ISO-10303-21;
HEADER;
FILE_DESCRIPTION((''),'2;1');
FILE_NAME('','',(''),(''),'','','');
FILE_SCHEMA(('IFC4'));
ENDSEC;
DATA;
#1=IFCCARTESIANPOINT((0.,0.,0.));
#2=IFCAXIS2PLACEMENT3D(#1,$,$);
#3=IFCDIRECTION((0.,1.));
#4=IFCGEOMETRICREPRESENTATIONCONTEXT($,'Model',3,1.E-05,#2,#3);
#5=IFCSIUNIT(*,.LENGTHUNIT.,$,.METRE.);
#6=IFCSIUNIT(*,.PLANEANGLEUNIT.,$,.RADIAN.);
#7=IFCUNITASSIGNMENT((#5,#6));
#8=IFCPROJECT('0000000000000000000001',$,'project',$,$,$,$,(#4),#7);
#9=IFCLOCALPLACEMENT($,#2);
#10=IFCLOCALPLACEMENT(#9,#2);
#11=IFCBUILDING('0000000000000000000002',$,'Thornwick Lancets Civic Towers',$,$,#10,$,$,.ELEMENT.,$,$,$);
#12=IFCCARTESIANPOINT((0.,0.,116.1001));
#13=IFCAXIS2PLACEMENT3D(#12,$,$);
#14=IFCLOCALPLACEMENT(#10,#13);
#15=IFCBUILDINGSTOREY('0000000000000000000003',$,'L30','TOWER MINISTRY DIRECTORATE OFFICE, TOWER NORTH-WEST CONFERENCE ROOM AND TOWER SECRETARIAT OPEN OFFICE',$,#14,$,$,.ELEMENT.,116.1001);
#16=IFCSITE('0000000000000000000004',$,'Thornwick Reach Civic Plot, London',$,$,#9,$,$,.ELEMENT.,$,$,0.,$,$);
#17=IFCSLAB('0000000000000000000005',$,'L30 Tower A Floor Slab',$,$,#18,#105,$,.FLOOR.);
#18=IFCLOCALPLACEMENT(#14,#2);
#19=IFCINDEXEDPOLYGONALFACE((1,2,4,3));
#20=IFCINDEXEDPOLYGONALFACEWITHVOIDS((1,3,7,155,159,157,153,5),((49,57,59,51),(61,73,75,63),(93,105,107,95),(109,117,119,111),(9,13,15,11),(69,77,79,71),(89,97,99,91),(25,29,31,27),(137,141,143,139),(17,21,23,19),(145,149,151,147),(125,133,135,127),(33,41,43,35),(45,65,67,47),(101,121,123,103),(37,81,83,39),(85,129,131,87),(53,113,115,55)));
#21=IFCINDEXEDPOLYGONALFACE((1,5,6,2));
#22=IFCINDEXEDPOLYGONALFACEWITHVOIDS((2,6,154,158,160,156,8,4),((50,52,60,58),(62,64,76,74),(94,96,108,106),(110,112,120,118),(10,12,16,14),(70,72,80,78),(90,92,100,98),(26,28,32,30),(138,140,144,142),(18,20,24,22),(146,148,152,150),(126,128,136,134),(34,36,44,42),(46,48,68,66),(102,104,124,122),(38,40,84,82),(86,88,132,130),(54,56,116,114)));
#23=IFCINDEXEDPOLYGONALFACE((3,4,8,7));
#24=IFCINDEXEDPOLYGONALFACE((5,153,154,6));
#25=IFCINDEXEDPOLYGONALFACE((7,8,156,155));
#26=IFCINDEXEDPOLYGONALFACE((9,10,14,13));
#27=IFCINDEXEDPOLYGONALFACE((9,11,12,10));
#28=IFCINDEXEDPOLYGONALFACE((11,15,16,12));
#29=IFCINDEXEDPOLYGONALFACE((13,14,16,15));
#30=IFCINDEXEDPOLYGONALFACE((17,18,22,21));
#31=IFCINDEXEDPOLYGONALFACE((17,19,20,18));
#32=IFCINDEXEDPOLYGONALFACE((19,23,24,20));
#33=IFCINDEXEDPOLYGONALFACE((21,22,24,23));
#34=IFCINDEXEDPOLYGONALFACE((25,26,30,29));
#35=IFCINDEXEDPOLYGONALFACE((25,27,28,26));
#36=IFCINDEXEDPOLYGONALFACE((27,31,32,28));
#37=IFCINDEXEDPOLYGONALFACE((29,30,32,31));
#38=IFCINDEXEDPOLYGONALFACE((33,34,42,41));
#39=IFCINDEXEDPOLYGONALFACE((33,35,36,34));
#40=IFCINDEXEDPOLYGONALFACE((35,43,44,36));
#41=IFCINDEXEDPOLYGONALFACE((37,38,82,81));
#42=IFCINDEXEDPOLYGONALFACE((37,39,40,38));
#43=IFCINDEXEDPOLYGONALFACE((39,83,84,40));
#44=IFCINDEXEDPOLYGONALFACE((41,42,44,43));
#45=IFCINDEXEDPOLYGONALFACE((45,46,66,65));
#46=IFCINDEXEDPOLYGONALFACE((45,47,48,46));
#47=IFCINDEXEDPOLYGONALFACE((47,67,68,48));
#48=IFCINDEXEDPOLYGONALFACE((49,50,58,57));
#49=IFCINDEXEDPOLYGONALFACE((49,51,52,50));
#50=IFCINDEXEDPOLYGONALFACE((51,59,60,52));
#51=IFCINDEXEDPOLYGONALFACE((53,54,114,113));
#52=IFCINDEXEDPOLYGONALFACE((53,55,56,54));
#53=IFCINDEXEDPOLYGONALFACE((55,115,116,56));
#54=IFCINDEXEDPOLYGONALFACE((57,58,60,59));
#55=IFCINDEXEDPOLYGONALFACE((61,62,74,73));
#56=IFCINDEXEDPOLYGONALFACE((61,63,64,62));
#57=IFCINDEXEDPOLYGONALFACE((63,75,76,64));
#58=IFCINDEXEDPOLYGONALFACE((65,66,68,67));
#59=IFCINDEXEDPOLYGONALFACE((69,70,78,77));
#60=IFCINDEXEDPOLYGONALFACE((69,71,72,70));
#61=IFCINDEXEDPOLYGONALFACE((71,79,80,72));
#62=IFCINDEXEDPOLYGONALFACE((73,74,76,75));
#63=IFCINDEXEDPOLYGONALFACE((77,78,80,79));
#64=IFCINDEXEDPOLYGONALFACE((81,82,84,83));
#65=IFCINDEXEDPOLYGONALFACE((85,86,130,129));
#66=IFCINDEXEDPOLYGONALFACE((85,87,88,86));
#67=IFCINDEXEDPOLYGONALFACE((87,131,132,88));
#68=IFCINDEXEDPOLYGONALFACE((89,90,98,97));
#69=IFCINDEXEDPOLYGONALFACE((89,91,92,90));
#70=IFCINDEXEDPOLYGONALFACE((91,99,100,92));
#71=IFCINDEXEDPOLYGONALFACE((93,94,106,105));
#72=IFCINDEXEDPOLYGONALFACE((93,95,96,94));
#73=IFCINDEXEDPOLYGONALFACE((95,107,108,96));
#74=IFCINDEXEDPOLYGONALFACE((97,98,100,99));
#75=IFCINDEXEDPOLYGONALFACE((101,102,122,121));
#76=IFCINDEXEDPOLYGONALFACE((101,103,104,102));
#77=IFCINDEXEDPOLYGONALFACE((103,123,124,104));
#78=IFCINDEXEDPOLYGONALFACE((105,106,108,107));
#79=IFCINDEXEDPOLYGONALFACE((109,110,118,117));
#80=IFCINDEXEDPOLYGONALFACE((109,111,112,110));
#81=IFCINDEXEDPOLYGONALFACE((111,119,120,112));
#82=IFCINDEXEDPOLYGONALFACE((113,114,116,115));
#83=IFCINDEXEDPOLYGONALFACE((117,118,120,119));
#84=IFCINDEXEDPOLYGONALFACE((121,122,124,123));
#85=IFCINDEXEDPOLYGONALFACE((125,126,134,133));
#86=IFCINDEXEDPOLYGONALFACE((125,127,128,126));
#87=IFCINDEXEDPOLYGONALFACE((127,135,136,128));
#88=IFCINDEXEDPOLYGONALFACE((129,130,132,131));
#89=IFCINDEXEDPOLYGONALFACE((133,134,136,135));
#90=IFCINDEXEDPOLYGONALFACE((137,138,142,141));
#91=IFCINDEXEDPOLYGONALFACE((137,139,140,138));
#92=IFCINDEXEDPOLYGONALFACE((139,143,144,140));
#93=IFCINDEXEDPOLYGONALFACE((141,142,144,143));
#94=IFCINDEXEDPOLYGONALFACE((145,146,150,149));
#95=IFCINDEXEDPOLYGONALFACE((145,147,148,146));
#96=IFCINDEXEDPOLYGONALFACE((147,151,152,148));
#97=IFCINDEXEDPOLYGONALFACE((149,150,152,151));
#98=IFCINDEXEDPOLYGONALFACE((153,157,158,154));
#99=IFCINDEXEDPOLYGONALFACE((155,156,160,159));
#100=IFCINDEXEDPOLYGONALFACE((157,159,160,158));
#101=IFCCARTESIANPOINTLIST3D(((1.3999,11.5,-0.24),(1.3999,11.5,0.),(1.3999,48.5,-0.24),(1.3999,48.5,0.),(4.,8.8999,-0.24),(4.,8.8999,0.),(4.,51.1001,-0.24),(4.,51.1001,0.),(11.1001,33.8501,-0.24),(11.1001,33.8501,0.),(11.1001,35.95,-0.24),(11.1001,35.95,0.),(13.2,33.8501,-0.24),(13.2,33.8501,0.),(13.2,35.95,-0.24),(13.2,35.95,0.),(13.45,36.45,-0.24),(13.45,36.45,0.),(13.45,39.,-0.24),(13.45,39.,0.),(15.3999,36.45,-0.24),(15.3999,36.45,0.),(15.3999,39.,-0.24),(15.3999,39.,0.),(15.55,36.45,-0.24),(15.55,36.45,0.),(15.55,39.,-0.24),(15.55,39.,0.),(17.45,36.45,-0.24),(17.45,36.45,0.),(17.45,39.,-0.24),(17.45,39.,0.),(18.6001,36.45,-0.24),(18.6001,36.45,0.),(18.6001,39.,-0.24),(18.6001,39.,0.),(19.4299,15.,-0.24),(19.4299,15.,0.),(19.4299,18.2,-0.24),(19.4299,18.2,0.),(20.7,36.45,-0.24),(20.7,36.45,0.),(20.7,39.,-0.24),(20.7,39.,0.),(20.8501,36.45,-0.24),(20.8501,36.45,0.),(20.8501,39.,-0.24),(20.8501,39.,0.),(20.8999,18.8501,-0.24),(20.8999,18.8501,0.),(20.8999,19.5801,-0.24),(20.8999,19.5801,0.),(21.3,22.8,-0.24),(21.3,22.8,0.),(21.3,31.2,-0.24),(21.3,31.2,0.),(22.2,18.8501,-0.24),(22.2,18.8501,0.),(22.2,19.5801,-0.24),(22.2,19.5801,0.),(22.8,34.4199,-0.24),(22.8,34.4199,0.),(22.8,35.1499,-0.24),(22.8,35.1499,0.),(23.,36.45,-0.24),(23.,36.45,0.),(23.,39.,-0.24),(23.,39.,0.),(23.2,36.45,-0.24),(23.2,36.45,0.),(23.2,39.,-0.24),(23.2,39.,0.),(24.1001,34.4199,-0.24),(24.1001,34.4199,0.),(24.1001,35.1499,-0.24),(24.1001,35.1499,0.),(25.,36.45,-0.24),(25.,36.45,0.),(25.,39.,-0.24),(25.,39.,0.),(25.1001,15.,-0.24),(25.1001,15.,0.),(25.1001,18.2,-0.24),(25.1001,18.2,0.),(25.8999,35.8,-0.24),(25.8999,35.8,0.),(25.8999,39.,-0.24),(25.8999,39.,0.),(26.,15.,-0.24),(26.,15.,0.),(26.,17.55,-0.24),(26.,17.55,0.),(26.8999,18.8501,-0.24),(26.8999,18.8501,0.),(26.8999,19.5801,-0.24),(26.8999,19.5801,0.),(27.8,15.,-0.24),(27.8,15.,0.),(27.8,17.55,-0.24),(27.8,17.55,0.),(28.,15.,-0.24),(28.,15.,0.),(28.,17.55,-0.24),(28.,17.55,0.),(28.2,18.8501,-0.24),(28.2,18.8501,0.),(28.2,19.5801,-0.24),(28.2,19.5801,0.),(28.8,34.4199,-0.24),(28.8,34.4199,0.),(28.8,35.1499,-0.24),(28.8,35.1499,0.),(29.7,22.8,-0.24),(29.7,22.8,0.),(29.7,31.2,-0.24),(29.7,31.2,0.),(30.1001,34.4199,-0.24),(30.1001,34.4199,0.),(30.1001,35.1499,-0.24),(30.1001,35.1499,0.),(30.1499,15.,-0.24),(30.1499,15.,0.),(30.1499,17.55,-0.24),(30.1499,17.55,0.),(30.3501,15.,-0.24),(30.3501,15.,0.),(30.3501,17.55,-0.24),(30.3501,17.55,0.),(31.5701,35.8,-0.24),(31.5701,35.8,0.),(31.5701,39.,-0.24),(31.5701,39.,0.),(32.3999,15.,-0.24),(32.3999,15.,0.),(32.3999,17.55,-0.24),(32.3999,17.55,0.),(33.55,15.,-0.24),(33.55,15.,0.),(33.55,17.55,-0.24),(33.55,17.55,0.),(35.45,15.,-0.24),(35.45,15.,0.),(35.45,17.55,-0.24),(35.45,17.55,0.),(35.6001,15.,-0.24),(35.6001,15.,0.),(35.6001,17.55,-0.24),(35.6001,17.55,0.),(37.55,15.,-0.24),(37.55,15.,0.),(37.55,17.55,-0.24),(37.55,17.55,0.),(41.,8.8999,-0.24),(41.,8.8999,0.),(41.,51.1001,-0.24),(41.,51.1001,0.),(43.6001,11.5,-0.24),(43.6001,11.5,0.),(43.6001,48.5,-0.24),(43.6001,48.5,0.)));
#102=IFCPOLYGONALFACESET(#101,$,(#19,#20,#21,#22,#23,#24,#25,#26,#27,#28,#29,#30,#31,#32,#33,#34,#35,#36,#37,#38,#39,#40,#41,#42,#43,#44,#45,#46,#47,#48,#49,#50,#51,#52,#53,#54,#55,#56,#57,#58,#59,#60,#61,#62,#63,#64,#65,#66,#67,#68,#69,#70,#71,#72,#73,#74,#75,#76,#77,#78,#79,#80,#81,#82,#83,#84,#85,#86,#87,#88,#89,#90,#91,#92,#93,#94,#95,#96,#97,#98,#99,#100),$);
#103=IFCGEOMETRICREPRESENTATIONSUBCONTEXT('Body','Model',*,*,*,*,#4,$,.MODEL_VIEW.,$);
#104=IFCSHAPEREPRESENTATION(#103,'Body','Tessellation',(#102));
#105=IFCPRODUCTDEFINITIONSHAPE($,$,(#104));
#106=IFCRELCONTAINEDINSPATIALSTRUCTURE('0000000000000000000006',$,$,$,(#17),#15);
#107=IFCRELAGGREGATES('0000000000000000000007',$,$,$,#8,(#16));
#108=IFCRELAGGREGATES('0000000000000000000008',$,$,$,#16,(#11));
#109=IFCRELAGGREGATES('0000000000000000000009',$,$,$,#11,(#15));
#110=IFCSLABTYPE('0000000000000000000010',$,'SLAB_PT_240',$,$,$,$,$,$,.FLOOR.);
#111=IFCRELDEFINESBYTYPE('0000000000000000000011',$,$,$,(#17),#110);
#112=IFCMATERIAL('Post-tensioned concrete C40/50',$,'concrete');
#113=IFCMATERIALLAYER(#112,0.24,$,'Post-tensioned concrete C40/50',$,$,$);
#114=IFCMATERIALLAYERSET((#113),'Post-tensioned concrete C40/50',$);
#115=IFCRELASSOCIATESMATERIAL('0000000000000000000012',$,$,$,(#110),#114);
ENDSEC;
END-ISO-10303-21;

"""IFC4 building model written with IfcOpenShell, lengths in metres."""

from ifc_helpers import new_model, si_unit, direction, frame, origin, place, context, subcontext, project, spatial, polyline, outline, extrude, material, layer, layer_set, type_object, element, save


model = new_model("IFC4")

# Units and contexts
model_context = context("Model", 3, precision=1e-05, world=origin(), true_north=direction((0.0, 1.0)))
body_context = subcontext(model_context, "Body", "Model", "MODEL_VIEW")
ifc_project = project(units=[si_unit("LENGTHUNIT", "METRE"), si_unit("PLANEANGLEUNIT", "RADIAN")], contexts=[model_context])

# Site, building, storey
site_placement = place(None, origin())
site = spatial("IfcSite", under=ifc_project, at=site_placement, Name="Thornwick Reach Civic Plot, London", CompositionType="ELEMENT", RefElevation=0.0)
building_placement = place(site_placement, origin())
building = spatial("IfcBuilding", under=site, at=building_placement, Name="Thornwick Lancets Civic Towers", CompositionType="ELEMENT")
storey_placement = place(building_placement, frame((0.0, 0.0, 116.1001)))
storey = spatial("IfcBuildingStorey", under=building, at=storey_placement, Name="L30", Description="TOWER MINISTRY DIRECTORATE OFFICE, TOWER NORTH-WEST CONFERENCE ROOM AND TOWER SECRETARIAT OPEN OFFICE", CompositionType="ELEMENT", Elevation=116.1001)

# Shared definitions
ifc_material_1 = material(Name="Post-tensioned concrete C40/50", Category="concrete")

# Slab
ifc_layer_1 = layer(ifc_material_1, 0.24, Name="Post-tensioned concrete C40/50")
ifc_layer_set_1 = layer_set([ifc_layer_1], Name="Post-tensioned concrete C40/50")
slab_type_1 = type_object("IfcSlabType", Name="SLAB_PT_240", PredefinedType="FLOOR", material=ifc_layer_set_1)
slab_1_placement = place(storey_placement, frame((0.0, 0.0, -0.24)))
element("IfcSlab", 1, at=slab_1_placement, inside=storey, type_object=slab_type_1, Name="L30 Tower A Floor Slab", PredefinedType="FLOOR", context=body_context, shape_type="SweptSolid", body=[
    extrude(outline(polyline([(4.0, 8.8999), (41.0, 8.8999), (43.6001, 11.5), (43.6001, 48.5), (41.0, 51.1001), (4.0, 51.1001), (1.3999, 48.5), (1.3999, 11.5), (4.0, 8.8999)]), holes=[polyline([(21.3, 22.8), (29.7, 22.8), (29.7, 31.2), (21.3, 31.2), (21.3, 22.8)]), polyline([(19.4299, 15.0), (25.1001, 15.0), (25.1001, 18.2), (19.4299, 18.2), (19.4299, 15.0)]), polyline([(31.5701, 39.0), (25.8999, 39.0), (25.8999, 35.8), (31.5701, 35.8), (31.5701, 39.0)]), polyline([(26.0, 15.0), (27.8, 15.0), (27.8, 17.55), (26.0, 17.55), (26.0, 15.0)]), polyline([(28.0, 15.0), (30.1499, 15.0), (30.1499, 17.55), (28.0, 17.55), (28.0, 15.0)]), polyline([(30.3501, 15.0), (32.3999, 15.0), (32.3999, 17.55), (30.3501, 17.55), (30.3501, 15.0)]), polyline([(33.55, 15.0), (35.45, 15.0), (35.45, 17.55), (33.55, 17.55), (33.55, 15.0)]), polyline([(35.6001, 15.0), (37.55, 15.0), (37.55, 17.55), (35.6001, 17.55), (35.6001, 15.0)]), polyline([(23.2, 36.45), (25.0, 36.45), (25.0, 39.0), (23.2, 39.0), (23.2, 36.45)]), polyline([(20.8501, 36.45), (23.0, 36.45), (23.0, 39.0), (20.8501, 39.0), (20.8501, 36.45)]), polyline([(18.6001, 36.45), (20.7, 36.45), (20.7, 39.0), (18.6001, 39.0), (18.6001, 36.45)]), polyline([(15.55, 36.45), (17.45, 36.45), (17.45, 39.0), (15.55, 39.0), (15.55, 36.45)]), polyline([(13.45, 36.45), (15.3999, 36.45), (15.3999, 39.0), (13.45, 39.0), (13.45, 36.45)]), polyline([(11.1001, 33.8501), (13.2, 33.8501), (13.2, 35.95), (11.1001, 35.95), (11.1001, 33.8501)]), polyline([(26.8999, 18.8501), (28.2, 18.8501), (28.2, 19.5801), (26.8999, 19.5801), (26.8999, 18.8501)]), polyline([(20.8999, 18.8501), (22.2, 18.8501), (22.2, 19.5801), (20.8999, 19.5801), (20.8999, 18.8501)]), polyline([(22.8, 34.4199), (24.1001, 34.4199), (24.1001, 35.1499), (22.8, 35.1499), (22.8, 34.4199)]), polyline([(28.8, 34.4199), (30.1001, 34.4199), (30.1001, 35.1499), (28.8, 35.1499), (28.8, 34.4199)])]), origin(), (0.0, 0.0, 1.0), 0.24),
])

save(model, "model.ifc")
